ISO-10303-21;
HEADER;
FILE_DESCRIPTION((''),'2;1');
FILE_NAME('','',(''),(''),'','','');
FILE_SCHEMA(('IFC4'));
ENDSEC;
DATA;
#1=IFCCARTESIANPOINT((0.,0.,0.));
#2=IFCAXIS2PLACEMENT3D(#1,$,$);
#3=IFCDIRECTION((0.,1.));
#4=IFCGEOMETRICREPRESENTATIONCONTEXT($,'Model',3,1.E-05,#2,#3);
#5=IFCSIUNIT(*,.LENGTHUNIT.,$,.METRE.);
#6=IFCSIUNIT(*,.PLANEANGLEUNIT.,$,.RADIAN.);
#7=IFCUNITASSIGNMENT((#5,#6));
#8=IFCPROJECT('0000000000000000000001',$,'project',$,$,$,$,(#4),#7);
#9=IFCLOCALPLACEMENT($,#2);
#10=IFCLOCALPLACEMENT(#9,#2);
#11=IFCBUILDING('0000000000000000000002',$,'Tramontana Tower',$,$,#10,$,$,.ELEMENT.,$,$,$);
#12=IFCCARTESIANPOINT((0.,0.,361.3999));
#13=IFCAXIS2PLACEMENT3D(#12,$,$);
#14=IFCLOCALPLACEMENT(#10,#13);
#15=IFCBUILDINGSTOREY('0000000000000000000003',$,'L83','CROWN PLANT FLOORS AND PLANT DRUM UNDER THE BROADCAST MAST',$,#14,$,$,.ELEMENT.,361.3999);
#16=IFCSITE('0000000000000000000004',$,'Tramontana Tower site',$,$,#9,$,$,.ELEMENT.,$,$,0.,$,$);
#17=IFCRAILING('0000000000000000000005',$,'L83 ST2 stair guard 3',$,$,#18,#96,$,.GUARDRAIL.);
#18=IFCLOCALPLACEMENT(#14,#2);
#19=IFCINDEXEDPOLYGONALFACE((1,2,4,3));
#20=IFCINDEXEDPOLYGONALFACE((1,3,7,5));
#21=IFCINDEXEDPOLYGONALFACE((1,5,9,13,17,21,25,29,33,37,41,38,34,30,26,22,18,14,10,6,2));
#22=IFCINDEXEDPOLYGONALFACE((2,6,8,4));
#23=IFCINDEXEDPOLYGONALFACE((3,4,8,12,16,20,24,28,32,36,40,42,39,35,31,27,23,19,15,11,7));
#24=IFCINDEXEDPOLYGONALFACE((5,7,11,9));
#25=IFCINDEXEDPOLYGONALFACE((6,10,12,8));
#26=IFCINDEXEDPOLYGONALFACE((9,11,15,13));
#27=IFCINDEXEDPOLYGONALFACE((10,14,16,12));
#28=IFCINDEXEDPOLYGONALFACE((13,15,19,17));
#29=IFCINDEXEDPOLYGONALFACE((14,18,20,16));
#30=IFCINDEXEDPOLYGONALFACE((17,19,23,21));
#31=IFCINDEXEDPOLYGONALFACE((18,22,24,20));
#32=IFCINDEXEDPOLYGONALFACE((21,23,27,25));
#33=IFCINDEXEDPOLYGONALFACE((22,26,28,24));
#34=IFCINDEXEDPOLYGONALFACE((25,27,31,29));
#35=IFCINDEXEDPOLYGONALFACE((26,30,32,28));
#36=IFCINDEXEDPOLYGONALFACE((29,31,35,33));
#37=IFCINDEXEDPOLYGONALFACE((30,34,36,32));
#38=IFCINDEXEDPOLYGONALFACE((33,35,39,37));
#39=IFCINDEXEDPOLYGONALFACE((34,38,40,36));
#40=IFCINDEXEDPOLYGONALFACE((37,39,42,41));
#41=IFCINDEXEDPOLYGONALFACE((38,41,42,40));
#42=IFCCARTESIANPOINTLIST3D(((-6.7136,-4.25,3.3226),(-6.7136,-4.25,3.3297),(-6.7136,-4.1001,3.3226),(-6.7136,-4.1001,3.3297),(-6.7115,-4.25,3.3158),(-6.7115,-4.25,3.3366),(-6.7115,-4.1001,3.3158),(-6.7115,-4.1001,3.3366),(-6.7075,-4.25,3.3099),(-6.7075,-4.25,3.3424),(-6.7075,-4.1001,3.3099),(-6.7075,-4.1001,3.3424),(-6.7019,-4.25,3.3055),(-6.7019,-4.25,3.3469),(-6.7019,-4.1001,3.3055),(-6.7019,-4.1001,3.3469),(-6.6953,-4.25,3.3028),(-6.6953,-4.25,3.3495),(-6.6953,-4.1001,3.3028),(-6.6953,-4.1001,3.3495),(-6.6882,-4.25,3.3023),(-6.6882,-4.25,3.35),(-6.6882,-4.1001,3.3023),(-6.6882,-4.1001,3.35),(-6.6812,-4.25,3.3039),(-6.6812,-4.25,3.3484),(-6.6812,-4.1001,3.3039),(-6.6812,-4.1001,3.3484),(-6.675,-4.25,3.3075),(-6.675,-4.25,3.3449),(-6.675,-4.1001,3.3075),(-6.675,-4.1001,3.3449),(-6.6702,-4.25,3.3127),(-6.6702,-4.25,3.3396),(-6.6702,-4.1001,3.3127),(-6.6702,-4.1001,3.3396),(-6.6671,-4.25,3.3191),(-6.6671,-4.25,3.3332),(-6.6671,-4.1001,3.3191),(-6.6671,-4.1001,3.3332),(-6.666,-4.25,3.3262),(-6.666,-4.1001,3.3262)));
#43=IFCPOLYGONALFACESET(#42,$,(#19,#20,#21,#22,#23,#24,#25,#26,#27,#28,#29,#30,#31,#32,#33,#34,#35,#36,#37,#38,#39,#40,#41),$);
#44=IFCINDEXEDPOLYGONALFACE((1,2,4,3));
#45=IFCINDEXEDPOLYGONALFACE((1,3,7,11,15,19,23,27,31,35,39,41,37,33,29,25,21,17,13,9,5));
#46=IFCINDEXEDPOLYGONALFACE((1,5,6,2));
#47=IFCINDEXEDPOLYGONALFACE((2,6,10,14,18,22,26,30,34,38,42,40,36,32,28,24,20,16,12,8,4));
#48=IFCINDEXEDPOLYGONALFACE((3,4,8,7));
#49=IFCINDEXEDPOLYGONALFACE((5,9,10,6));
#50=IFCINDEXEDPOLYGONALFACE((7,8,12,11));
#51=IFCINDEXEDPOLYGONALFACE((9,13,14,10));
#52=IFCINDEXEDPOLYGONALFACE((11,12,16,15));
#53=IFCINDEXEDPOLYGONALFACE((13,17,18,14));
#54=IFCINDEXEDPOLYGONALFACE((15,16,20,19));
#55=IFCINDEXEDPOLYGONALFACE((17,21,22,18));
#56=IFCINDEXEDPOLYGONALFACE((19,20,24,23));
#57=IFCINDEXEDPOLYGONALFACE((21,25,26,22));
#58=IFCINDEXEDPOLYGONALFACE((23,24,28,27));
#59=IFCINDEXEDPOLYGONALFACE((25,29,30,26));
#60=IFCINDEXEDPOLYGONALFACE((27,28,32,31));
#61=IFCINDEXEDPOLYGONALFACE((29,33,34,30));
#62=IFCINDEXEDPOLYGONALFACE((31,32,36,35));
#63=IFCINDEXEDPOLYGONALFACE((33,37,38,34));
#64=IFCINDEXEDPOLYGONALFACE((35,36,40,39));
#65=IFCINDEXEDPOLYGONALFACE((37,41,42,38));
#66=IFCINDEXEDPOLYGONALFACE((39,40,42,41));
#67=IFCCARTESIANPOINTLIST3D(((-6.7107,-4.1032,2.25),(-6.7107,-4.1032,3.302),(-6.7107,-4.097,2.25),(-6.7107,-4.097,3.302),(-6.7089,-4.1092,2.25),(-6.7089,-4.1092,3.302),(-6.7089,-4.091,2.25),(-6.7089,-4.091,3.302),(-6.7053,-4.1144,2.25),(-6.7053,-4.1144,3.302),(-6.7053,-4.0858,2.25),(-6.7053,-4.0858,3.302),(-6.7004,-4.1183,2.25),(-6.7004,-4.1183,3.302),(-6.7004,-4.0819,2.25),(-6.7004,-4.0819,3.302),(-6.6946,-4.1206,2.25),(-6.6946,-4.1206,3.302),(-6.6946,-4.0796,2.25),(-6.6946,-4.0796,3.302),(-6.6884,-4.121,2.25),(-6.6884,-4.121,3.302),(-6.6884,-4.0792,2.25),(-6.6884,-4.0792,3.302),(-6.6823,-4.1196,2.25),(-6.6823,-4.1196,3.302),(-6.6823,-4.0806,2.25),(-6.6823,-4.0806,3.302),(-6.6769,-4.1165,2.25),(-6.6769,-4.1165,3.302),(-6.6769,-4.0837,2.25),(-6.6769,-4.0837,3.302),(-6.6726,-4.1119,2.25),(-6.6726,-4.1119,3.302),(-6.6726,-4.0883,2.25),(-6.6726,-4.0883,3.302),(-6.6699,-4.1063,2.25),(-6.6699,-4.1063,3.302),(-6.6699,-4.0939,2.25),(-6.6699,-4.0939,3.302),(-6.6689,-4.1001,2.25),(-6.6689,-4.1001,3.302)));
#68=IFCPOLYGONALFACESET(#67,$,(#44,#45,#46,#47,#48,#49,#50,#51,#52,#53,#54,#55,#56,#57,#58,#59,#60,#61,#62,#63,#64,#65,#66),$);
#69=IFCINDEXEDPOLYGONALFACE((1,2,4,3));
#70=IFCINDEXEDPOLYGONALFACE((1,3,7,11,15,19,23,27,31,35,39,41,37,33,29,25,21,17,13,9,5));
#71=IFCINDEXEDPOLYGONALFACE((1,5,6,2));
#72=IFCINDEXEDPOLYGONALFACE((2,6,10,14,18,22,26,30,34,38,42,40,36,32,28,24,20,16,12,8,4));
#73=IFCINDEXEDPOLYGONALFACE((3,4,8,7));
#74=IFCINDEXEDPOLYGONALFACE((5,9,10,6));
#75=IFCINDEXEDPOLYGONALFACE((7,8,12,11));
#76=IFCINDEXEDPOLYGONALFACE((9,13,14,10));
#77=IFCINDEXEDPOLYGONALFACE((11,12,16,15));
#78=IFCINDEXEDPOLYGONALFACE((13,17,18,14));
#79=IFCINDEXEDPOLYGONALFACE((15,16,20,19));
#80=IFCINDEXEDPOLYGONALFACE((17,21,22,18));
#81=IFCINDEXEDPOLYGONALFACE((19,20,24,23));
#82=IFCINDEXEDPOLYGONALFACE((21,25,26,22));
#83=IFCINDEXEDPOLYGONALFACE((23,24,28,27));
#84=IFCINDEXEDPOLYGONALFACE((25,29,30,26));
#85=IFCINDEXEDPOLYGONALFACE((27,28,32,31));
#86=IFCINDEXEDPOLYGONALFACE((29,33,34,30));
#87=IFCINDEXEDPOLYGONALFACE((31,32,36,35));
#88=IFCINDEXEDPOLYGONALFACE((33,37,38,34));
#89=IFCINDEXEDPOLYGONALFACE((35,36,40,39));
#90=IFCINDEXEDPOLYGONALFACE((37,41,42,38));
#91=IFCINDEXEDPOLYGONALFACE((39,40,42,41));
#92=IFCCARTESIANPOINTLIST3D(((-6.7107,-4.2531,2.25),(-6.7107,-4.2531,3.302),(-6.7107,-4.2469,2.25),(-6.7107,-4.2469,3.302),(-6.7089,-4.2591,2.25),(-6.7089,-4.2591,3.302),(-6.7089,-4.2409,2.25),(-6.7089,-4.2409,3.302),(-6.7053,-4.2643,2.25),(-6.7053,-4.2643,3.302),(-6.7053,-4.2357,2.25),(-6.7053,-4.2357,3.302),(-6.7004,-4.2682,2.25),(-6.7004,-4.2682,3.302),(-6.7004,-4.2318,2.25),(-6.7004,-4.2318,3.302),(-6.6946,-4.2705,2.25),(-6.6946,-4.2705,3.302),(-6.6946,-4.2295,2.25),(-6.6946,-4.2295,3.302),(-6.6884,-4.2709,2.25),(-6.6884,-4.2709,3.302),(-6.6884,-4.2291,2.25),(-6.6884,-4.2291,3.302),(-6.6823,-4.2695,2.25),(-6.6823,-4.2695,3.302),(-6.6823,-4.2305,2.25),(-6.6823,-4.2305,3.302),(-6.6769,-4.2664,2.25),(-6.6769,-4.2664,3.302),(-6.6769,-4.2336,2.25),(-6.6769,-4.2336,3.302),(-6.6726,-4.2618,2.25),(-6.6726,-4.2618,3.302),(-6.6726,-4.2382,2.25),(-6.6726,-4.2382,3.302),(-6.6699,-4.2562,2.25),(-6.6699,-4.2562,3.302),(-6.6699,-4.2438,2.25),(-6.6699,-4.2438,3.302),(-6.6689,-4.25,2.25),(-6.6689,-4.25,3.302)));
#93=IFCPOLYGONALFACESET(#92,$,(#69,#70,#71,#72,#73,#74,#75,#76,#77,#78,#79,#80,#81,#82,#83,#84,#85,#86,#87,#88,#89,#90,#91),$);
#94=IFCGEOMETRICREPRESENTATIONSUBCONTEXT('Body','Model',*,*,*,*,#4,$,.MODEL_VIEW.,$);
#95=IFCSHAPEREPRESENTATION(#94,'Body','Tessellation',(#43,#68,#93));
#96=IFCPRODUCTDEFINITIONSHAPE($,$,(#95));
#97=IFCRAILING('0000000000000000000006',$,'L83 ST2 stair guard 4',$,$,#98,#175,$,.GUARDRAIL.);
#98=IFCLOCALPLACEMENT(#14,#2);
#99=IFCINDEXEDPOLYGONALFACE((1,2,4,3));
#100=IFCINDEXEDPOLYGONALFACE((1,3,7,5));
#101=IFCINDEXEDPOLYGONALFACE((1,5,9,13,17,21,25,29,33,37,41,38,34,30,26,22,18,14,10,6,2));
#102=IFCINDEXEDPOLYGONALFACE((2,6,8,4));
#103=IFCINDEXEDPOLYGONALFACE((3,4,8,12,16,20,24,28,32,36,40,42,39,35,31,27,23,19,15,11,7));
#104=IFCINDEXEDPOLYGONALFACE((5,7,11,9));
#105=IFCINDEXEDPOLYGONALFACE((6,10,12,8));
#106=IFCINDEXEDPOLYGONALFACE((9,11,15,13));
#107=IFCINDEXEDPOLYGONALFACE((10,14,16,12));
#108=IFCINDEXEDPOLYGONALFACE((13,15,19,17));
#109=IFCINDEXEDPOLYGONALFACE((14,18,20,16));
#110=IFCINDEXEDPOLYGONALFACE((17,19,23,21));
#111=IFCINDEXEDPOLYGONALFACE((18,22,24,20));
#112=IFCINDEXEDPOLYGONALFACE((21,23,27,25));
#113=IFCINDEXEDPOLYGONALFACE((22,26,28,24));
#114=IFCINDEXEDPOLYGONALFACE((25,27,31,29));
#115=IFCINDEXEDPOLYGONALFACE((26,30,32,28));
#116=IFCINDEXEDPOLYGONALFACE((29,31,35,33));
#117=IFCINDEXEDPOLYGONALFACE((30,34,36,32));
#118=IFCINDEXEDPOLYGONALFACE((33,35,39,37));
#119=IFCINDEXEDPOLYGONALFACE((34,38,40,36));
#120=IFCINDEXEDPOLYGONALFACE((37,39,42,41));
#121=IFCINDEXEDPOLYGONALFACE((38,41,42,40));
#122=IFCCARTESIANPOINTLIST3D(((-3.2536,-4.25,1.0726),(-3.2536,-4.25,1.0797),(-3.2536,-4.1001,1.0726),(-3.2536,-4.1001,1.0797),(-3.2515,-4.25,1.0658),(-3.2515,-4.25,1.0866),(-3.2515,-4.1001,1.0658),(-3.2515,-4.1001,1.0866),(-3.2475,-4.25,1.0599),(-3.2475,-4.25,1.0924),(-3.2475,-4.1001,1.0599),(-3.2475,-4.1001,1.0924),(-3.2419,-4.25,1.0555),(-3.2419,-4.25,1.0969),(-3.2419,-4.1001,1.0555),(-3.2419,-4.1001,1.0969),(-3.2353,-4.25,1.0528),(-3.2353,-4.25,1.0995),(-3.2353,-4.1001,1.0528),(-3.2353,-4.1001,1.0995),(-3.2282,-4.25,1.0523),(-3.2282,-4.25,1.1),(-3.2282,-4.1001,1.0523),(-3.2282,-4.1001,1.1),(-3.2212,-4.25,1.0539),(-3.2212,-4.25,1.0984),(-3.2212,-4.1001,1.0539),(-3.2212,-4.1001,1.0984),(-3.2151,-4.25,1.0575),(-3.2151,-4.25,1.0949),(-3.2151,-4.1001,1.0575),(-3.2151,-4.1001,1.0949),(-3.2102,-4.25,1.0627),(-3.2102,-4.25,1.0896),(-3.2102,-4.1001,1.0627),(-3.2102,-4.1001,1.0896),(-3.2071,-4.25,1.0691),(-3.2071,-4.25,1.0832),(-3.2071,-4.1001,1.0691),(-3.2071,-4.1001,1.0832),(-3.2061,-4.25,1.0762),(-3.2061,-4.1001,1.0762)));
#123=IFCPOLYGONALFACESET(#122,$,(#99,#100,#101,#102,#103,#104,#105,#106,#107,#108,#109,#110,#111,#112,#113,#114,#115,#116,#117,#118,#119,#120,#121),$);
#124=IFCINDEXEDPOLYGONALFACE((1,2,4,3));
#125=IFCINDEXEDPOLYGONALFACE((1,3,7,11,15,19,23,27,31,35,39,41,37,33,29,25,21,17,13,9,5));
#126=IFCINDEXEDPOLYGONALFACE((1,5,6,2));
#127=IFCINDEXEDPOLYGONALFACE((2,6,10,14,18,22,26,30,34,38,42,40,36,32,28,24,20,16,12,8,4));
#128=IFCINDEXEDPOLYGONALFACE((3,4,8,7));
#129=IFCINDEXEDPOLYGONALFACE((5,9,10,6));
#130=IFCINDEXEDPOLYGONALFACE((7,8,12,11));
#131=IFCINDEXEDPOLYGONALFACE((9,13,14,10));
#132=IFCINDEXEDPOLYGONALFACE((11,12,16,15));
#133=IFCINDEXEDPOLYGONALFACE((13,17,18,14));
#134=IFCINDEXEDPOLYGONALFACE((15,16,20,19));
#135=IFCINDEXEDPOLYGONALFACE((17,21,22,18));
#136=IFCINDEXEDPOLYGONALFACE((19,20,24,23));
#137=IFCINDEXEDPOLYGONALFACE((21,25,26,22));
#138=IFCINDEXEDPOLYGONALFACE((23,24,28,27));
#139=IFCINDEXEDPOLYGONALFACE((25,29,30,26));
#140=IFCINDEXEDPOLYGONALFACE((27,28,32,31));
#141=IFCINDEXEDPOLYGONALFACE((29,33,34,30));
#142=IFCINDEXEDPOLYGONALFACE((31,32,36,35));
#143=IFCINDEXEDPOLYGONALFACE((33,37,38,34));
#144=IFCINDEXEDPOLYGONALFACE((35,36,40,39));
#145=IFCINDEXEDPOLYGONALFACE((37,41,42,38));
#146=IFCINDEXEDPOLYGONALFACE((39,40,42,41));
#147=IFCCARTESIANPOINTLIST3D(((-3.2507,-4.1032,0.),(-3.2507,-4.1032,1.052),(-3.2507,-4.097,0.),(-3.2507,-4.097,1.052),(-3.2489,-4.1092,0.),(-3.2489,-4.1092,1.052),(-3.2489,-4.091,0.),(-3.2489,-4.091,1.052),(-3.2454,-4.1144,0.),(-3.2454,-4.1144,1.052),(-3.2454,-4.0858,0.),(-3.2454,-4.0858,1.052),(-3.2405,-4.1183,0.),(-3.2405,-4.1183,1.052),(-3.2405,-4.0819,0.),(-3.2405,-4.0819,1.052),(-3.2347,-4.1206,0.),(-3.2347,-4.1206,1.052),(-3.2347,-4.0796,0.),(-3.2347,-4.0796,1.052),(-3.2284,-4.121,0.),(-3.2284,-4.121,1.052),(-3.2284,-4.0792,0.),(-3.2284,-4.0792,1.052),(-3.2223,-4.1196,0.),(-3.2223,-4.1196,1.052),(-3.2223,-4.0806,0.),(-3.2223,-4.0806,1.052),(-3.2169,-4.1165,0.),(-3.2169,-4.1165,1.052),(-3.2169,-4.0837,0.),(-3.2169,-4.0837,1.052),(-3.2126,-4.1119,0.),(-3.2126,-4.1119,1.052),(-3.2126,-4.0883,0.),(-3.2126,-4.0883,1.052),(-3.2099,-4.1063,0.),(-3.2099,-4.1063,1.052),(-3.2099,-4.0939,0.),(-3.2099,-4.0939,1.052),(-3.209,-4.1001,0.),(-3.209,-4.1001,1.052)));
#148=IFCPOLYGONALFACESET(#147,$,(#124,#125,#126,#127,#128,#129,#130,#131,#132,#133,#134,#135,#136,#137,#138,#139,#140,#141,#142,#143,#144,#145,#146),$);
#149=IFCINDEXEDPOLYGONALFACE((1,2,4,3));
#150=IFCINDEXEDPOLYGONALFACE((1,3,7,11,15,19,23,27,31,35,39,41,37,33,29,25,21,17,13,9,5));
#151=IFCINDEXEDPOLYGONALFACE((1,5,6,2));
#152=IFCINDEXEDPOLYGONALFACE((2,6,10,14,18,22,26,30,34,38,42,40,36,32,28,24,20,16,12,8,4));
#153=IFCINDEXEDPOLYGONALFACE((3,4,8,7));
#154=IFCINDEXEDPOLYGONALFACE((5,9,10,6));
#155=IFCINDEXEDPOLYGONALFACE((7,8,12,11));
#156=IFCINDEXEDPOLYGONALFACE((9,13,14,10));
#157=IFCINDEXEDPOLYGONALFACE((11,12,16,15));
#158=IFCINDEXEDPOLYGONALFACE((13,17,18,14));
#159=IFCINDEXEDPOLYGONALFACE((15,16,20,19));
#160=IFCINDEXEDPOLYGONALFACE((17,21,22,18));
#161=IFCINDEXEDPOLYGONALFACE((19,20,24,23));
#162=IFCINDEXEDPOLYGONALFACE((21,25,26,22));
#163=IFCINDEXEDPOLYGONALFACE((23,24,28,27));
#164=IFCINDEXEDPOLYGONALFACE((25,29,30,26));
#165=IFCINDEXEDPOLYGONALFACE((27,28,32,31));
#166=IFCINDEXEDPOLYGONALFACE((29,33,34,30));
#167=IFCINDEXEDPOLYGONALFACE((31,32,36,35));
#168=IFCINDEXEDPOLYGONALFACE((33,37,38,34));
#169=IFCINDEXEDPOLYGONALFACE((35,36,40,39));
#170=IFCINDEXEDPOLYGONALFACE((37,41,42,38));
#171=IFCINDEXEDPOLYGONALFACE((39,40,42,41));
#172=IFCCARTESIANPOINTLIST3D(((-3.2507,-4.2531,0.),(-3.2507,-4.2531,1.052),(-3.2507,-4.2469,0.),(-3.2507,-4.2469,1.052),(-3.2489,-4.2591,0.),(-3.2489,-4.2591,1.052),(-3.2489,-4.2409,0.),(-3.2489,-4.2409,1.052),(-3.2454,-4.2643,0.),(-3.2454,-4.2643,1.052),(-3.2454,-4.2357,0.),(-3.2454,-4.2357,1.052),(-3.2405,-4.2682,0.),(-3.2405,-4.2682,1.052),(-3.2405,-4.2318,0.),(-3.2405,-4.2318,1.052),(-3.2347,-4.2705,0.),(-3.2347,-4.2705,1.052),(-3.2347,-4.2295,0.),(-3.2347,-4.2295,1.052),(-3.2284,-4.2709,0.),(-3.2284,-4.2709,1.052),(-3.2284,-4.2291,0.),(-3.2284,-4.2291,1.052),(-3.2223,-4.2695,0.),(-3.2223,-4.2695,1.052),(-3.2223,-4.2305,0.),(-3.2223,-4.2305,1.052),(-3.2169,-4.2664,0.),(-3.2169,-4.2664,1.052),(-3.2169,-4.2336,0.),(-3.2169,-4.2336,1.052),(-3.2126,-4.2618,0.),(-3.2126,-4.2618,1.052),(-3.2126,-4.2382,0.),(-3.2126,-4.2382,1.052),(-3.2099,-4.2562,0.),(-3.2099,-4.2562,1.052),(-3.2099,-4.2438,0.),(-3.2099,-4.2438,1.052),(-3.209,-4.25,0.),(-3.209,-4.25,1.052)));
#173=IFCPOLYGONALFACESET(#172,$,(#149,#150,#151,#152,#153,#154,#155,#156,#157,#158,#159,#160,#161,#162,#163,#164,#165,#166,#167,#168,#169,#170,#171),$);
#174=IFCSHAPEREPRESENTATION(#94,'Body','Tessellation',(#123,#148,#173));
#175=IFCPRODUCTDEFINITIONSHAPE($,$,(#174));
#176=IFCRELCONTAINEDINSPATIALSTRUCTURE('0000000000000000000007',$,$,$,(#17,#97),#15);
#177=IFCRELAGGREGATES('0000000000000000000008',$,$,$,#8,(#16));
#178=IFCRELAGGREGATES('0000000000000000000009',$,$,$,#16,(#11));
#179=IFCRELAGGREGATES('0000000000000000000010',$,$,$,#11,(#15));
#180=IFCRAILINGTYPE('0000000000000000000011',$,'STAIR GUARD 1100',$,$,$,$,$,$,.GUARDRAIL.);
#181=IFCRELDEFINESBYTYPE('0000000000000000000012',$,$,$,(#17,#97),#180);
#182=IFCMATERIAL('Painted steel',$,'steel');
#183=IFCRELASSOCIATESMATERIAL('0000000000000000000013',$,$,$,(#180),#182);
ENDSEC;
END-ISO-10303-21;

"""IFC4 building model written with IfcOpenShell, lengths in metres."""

from ifc_helpers import new_model, si_unit, direction, frame, origin, origin_2d, place, context, subcontext, project, spatial, circle, extrude, material, type_object, element, save


model = new_model("IFC4")

# Units and contexts
model_context = context("Model", 3, precision=1e-05, world=origin(), true_north=direction((0.0, 1.0)))
body_context = subcontext(model_context, "Body", "Model", "MODEL_VIEW")
ifc_project = project(units=[si_unit("LENGTHUNIT", "METRE"), si_unit("PLANEANGLEUNIT", "RADIAN")], contexts=[model_context])

# Site, building, storey
site_placement = place(None, origin())
site = spatial("IfcSite", under=ifc_project, at=site_placement, Name="Tramontana Tower site", CompositionType="ELEMENT", RefElevation=0.0)
building_placement = place(site_placement, origin())
building = spatial("IfcBuilding", under=site, at=building_placement, Name="Tramontana Tower", CompositionType="ELEMENT")
storey_placement = place(building_placement, frame((0.0, 0.0, 361.3999)))
storey = spatial("IfcBuildingStorey", under=building, at=storey_placement, Name="L83", Description="CROWN PLANT FLOORS AND PLANT DRUM UNDER THE BROADCAST MAST", CompositionType="ELEMENT", Elevation=361.3999)

# Railings
ifc_material_1 = material(Name="Painted steel", Category="steel")
railing_type_1 = type_object("IfcRailingType", Name="STAIR GUARD 1100", PredefinedType="GUARDRAIL", material=ifc_material_1)
for number, where, name in (
    (1, (-6.6899, -4.1001, 2.25), "L83 ST2 stair guard 3"),
    (2, (-3.23, -4.1001, 0.0), "L83 ST2 stair guard 4"),
):
    element("IfcRailing", number, at=place(storey_placement, frame(where)), inside=storey, type_object=railing_type_1, Name=name, PredefinedType="GUARDRAIL", context=body_context, shape_type="SweptSolid", body=[
        extrude(circle(Radius=0.0239, at=origin_2d()), frame((0.0, 0.0, 1.0762), z_axis=(0.0, -1.0, 0.0), x_axis=(1.0, 0.0, 0.0)), (0.0, 0.0, 1.0), 0.1499),
        extrude(circle(Radius=0.021, at=origin_2d()), origin(), (0.0, 0.0, 1.0), 1.052),
        extrude(circle(Radius=0.021, at=origin_2d()), frame((0.0, -0.1499, 0.0)), (0.0, 0.0, 1.0), 1.052),
    ])

save(model, "model.ifc")
